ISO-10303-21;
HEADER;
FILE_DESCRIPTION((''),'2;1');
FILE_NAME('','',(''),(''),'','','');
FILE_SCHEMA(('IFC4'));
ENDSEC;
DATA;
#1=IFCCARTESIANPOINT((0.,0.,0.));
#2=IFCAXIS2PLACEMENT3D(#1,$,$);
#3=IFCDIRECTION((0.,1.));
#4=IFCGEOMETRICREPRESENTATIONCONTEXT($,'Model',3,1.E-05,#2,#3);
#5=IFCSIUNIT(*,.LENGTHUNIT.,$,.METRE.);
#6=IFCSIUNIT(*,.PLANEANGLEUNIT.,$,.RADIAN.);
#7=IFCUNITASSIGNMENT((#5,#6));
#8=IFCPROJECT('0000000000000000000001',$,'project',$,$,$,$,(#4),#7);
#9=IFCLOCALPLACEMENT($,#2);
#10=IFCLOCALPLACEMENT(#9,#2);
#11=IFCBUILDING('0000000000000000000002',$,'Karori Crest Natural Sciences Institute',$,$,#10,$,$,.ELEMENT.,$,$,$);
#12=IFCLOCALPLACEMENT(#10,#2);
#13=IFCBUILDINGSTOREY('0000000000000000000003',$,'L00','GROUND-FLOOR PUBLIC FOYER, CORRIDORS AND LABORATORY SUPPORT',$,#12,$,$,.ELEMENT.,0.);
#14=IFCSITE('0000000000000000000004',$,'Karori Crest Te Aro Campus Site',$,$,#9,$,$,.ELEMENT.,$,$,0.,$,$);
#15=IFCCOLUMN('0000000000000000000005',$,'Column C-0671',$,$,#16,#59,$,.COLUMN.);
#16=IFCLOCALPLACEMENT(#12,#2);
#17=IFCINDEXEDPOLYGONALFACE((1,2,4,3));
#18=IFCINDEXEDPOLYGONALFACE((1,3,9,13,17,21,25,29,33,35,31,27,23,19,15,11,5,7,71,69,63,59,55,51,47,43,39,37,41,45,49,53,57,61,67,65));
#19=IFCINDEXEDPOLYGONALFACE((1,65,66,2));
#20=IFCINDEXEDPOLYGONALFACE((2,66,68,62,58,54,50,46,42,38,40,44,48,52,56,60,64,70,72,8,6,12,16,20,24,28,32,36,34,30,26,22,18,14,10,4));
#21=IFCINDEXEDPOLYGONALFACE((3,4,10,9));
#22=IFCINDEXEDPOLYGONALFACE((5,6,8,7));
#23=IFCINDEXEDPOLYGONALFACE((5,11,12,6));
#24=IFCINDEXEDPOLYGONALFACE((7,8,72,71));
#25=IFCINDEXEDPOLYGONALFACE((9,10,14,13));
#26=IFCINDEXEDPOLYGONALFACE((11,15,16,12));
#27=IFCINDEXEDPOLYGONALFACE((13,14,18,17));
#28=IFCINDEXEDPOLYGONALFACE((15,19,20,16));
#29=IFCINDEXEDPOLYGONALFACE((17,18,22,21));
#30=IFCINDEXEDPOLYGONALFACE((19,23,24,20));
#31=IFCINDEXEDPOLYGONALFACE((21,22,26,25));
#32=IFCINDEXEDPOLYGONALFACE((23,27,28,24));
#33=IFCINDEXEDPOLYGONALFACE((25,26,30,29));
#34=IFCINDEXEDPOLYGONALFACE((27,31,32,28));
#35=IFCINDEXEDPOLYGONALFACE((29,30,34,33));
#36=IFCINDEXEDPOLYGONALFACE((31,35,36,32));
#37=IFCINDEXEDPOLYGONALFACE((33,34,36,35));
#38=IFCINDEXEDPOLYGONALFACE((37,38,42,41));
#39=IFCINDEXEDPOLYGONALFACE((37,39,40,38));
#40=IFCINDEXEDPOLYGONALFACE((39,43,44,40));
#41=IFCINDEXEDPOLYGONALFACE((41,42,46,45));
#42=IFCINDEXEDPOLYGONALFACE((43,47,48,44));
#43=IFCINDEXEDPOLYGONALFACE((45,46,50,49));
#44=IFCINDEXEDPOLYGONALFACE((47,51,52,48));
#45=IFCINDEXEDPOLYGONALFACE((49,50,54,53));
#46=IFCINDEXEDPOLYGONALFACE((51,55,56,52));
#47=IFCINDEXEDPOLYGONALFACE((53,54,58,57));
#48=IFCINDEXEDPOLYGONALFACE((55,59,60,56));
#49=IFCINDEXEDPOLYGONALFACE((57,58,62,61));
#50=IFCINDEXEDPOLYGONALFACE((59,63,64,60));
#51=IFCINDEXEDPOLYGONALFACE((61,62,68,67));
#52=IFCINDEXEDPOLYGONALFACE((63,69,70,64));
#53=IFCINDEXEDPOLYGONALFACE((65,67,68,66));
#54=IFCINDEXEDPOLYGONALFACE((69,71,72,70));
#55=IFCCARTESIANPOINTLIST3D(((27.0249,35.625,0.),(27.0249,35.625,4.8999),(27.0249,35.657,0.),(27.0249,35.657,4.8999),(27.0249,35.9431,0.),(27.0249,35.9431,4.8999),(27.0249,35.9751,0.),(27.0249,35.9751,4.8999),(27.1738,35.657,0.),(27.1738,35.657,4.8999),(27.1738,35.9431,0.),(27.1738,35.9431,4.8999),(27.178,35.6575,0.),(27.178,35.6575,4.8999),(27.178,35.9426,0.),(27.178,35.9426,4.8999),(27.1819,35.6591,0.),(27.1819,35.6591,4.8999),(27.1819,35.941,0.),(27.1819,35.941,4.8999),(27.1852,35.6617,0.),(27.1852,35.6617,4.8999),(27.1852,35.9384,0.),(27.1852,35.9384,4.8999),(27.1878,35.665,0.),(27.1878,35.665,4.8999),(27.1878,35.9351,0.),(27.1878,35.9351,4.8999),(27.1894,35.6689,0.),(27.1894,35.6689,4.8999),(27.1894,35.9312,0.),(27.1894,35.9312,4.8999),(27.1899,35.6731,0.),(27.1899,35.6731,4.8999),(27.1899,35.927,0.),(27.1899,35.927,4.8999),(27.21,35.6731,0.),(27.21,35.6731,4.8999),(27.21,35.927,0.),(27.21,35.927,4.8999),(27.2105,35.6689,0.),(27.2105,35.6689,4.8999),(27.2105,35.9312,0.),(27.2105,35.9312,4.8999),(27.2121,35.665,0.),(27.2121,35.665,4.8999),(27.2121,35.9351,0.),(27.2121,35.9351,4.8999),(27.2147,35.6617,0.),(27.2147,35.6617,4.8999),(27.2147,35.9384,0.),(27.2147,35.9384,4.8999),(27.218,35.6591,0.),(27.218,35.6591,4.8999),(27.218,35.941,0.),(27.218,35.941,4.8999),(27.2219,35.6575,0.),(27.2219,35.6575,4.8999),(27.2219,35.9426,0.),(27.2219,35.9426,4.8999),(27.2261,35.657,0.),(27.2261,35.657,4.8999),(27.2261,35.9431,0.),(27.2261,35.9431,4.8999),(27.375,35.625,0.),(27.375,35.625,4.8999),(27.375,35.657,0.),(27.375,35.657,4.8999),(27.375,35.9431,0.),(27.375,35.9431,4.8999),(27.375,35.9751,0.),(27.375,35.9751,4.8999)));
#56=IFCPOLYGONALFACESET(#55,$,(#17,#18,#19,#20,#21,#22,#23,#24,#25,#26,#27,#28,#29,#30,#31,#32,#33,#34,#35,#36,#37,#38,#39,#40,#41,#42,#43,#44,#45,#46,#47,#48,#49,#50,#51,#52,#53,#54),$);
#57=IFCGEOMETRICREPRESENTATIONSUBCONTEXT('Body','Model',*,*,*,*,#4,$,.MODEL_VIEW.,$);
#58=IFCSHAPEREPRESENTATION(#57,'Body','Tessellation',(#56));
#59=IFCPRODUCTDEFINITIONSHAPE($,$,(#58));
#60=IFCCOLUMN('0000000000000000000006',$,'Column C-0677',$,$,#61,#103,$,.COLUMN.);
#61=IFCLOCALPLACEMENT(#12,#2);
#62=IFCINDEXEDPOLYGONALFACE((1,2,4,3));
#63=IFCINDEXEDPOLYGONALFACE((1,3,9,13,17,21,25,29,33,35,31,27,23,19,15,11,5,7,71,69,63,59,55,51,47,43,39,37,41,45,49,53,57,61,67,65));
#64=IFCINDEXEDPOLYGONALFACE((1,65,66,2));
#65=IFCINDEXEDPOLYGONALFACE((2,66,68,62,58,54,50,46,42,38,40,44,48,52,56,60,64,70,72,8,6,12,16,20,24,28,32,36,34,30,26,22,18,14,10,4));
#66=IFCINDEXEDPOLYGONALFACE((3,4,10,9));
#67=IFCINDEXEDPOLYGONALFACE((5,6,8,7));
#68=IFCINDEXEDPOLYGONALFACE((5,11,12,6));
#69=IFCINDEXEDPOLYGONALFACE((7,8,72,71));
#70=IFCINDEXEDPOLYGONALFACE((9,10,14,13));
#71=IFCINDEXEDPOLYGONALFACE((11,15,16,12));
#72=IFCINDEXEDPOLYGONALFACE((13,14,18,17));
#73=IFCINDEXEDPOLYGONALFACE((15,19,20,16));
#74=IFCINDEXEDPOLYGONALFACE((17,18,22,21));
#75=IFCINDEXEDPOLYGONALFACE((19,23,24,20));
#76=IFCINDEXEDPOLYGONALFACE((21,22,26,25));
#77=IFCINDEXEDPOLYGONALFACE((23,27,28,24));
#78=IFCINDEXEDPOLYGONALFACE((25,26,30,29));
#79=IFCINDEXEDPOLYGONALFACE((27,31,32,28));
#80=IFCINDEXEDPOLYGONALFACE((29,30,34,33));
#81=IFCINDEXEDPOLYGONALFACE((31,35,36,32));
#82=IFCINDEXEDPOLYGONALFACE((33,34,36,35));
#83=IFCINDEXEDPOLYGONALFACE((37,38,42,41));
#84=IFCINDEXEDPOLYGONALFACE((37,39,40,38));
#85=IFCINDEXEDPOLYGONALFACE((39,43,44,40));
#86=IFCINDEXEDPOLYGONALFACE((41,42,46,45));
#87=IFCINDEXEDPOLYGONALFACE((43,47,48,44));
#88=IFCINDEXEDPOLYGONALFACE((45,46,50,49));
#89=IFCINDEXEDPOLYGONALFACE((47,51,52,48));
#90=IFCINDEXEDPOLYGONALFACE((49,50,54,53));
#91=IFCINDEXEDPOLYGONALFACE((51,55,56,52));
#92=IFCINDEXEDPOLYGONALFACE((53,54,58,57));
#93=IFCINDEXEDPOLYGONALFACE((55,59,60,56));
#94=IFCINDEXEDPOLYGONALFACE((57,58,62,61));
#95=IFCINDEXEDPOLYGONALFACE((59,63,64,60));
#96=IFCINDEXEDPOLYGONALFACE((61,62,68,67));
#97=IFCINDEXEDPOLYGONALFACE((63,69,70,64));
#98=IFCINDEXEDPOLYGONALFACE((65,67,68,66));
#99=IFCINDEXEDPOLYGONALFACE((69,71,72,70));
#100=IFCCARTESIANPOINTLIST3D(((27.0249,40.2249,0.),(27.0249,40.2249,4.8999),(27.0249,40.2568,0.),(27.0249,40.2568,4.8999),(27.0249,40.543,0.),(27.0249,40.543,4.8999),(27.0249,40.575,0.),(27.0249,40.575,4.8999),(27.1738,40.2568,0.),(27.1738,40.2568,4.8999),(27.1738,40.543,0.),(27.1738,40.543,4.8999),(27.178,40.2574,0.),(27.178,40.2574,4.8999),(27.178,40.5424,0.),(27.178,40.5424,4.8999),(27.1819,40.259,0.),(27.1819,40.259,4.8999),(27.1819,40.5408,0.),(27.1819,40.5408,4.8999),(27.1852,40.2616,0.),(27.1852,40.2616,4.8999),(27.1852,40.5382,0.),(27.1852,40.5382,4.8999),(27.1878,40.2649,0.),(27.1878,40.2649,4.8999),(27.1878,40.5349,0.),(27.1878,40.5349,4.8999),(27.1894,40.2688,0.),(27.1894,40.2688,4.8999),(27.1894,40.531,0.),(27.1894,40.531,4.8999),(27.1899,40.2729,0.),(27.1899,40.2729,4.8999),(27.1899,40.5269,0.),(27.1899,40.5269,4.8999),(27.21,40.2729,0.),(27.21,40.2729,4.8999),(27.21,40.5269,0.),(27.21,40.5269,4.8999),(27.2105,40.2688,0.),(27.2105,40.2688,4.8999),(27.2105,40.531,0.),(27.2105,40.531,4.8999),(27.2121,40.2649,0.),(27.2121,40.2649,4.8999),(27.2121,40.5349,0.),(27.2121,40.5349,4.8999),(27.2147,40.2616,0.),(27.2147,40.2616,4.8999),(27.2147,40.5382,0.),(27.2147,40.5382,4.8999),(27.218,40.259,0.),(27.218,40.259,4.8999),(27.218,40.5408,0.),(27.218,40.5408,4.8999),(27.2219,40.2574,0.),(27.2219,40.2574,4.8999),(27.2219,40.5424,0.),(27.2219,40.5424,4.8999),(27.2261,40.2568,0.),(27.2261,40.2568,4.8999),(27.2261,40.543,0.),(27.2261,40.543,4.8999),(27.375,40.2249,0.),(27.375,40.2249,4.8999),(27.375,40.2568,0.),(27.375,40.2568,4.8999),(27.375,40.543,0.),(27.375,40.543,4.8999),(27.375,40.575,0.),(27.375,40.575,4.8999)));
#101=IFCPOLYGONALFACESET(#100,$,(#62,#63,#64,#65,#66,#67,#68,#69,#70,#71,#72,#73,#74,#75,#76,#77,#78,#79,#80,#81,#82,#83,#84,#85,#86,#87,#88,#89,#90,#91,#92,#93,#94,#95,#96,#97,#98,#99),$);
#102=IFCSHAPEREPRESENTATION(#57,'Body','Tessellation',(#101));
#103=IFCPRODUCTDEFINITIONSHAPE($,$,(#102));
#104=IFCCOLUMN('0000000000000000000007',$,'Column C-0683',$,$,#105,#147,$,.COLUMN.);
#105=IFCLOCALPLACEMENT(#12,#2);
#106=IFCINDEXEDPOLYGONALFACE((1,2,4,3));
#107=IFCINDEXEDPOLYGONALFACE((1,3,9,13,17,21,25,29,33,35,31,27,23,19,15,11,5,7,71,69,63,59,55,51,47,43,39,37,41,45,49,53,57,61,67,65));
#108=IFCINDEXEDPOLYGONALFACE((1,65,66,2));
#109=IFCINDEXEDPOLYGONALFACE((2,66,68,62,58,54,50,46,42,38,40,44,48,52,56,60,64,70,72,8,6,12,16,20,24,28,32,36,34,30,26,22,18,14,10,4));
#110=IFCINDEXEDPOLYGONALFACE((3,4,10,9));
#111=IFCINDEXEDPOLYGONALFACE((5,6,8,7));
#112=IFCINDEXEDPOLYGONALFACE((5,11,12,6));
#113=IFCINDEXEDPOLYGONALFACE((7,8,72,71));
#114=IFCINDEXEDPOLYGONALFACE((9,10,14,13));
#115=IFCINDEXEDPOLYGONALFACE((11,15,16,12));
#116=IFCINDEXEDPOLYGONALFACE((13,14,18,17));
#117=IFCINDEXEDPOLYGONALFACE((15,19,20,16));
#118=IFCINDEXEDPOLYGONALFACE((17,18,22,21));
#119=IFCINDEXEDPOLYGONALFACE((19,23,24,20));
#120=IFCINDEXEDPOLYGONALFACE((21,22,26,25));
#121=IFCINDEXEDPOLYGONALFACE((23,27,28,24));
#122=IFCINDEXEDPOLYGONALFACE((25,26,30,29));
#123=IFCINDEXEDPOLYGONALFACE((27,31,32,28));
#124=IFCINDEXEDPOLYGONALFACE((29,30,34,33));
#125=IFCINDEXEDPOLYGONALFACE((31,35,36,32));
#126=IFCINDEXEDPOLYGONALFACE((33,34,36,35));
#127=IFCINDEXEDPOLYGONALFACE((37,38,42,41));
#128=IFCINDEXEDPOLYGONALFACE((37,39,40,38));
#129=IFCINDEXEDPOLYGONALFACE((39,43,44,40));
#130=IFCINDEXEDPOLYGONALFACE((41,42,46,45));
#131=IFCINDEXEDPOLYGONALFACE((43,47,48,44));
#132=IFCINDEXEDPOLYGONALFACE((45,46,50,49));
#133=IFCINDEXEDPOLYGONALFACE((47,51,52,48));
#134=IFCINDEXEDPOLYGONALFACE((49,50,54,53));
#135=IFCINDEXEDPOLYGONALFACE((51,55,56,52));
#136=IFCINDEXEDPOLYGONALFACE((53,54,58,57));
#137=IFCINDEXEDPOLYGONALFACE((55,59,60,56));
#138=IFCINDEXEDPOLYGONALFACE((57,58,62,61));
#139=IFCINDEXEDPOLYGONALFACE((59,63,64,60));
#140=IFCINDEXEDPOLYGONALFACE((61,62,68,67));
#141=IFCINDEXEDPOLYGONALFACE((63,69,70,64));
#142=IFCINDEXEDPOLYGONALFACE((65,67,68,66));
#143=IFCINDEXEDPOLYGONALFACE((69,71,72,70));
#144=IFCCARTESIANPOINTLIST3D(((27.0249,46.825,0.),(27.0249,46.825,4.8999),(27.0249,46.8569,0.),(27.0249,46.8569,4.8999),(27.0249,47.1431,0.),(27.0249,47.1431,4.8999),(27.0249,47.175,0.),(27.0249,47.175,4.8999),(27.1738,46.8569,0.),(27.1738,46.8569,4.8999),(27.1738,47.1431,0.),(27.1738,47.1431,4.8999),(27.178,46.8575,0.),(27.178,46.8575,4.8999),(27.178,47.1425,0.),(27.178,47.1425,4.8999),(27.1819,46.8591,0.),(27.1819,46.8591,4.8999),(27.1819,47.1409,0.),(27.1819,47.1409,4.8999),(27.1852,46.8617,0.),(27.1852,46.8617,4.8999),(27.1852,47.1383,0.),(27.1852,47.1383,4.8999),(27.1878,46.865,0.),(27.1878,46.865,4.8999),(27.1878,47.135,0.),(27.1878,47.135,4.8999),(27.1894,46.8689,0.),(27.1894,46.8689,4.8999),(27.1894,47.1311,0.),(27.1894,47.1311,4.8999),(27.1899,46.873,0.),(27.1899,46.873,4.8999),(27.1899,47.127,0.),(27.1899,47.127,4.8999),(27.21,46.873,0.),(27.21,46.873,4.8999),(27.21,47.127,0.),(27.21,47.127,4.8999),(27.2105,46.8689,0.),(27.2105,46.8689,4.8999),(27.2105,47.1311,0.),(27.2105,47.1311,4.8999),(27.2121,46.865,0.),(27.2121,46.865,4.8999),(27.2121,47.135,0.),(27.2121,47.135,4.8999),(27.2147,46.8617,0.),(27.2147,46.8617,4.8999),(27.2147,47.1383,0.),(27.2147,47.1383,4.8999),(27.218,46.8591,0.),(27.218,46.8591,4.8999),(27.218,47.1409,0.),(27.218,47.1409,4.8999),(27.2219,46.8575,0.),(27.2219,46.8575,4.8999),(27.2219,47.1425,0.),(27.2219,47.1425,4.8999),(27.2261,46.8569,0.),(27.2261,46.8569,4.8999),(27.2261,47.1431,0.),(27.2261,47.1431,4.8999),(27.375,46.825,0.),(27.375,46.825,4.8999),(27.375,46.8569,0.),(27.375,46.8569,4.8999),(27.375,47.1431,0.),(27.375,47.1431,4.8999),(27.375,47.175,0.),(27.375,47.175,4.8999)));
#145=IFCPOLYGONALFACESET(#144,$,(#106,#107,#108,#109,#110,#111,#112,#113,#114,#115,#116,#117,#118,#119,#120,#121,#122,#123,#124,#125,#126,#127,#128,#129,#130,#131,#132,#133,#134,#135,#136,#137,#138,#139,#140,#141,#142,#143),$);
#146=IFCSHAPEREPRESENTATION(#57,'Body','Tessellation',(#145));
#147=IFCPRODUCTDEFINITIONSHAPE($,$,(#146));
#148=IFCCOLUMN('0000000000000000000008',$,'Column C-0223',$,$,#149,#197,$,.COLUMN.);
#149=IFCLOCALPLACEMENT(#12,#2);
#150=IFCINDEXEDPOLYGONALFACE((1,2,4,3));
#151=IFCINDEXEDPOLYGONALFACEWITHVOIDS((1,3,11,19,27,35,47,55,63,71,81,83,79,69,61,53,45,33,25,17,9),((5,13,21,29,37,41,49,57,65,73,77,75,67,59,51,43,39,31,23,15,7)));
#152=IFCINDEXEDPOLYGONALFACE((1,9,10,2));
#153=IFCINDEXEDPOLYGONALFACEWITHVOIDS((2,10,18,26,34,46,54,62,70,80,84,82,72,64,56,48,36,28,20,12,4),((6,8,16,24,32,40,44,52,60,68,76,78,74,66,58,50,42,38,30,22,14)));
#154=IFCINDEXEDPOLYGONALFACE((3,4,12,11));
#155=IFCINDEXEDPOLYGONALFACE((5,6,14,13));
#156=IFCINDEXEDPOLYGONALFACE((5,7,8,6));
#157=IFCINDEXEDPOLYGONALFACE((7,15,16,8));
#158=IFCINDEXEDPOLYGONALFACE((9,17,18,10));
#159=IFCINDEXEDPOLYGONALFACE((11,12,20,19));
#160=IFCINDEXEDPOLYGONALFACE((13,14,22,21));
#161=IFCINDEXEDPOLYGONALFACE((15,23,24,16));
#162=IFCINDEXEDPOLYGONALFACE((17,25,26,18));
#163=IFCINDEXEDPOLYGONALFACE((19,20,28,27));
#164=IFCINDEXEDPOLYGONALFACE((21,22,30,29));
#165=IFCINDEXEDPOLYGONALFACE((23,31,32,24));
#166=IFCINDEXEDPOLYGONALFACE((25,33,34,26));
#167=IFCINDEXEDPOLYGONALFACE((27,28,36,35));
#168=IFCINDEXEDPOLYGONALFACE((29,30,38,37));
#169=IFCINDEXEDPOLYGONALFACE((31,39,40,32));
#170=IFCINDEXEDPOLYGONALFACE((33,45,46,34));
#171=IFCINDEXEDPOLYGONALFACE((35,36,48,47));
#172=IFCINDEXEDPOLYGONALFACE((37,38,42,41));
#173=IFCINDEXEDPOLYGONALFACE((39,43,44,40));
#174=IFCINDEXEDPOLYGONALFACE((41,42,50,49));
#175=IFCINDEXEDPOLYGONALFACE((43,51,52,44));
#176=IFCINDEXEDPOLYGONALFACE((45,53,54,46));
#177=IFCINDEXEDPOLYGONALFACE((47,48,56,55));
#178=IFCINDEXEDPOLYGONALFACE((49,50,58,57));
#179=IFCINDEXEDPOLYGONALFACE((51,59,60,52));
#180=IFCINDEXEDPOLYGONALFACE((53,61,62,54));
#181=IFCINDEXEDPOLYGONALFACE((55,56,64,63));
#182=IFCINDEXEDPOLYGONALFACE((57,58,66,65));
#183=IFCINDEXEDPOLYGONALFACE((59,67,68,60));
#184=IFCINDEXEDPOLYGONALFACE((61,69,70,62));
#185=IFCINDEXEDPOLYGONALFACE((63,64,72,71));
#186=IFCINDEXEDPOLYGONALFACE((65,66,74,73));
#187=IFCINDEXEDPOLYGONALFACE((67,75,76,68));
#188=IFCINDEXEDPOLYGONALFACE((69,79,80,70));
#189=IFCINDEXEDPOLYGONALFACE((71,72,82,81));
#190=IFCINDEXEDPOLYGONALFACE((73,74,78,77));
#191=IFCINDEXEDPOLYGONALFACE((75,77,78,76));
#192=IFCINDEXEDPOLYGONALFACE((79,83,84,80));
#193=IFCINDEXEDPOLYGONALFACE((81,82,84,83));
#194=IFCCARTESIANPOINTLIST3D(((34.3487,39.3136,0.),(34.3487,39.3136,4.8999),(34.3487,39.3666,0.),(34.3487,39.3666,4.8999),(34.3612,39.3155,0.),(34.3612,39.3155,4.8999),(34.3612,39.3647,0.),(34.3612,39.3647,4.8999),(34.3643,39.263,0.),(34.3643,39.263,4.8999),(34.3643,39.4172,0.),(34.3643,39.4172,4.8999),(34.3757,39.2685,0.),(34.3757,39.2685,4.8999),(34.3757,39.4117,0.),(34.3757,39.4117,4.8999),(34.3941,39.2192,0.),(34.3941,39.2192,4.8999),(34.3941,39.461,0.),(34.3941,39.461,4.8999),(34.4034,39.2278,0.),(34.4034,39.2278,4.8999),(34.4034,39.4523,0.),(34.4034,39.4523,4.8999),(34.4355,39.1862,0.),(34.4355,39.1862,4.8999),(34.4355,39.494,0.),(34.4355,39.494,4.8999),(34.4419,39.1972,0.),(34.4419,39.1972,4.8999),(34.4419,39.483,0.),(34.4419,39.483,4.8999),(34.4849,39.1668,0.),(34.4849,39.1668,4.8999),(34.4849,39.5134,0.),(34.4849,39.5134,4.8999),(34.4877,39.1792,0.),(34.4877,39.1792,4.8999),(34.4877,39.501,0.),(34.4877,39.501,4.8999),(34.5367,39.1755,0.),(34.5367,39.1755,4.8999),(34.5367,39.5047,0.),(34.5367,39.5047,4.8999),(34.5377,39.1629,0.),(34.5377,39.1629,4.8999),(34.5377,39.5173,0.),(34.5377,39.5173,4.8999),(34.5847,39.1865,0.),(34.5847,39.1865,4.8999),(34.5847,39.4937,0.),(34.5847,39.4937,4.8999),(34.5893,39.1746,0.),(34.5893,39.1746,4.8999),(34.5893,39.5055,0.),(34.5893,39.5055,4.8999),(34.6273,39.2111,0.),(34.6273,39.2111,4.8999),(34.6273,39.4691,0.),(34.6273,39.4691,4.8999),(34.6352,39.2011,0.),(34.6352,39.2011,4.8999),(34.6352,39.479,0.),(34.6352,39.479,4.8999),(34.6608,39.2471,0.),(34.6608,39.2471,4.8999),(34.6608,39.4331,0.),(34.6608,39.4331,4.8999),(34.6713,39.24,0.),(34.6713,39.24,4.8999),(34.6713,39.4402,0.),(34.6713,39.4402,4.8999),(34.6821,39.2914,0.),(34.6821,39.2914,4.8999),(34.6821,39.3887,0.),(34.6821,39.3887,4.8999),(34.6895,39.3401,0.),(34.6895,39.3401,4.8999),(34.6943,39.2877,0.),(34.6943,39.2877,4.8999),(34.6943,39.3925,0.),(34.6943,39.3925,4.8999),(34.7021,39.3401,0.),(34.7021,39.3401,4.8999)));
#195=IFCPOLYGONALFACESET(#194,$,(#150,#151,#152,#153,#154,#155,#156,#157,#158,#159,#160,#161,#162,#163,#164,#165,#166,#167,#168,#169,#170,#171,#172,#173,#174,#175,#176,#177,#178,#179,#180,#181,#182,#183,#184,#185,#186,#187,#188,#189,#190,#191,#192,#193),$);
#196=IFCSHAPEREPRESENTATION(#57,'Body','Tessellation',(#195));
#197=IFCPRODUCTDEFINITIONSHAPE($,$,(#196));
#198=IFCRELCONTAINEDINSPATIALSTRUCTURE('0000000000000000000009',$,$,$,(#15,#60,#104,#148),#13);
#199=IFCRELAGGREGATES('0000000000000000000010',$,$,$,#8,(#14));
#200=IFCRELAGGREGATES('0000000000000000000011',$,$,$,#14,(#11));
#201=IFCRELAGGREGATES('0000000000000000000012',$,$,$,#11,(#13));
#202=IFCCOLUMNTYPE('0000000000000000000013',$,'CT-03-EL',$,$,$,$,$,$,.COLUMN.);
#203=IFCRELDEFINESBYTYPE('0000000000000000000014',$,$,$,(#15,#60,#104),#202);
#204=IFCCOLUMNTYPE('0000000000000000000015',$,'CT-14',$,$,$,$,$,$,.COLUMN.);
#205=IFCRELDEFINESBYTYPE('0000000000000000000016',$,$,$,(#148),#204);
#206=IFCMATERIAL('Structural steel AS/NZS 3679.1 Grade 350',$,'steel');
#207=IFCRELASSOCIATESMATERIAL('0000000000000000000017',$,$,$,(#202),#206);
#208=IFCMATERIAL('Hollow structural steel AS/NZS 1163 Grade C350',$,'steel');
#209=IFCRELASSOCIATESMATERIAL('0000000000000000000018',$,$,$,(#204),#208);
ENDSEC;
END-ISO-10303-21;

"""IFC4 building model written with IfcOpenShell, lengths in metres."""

from ifc_helpers import new_model, si_unit, direction, frame, origin, origin_2d, place, context, subcontext, project, spatial, hollow_circle, i_section, extrude, material, material_profile, profile_set, type_object, element, save


model = new_model("IFC4")

# Units and contexts
model_context = context("Model", 3, precision=1e-05, world=origin(), true_north=direction((0.0, 1.0)))
body_context = subcontext(model_context, "Body", "Model", "MODEL_VIEW")
ifc_project = project(units=[si_unit("LENGTHUNIT", "METRE"), si_unit("PLANEANGLEUNIT", "RADIAN")], contexts=[model_context])

# Site, building, storey
site_placement = place(None, origin())
site = spatial("IfcSite", under=ifc_project, at=site_placement, Name="Karori Crest Te Aro Campus Site", CompositionType="ELEMENT", RefElevation=0.0)
building_placement = place(site_placement, origin())
building = spatial("IfcBuilding", under=site, at=building_placement, Name="Karori Crest Natural Sciences Institute", CompositionType="ELEMENT")
storey_placement = place(building_placement, origin())
storey = spatial("IfcBuildingStorey", under=building, at=storey_placement, Name="L00", Description="GROUND-FLOOR PUBLIC FOYER, CORRIDORS AND LABORATORY SUPPORT", CompositionType="ELEMENT", Elevation=0.0)

# Columns
ifc_material_1 = material(Name="Structural steel AS/NZS 3679.1 Grade 350", Category="steel")
ifc_material_profile_1 = material_profile(ifc_material_1, i_section(OverallWidth=0.3501, OverallDepth=0.3501, WebThickness=0.02, FlangeThickness=0.032, FilletRadius=0.0161, at=origin_2d()), Name="350WC280")
ifc_profile_set_1 = profile_set([ifc_material_profile_1], Name="Structural steel AS/NZS 3679.1 Grade 350")
column_type_1 = type_object("IfcColumnType", Name="CT-03-EL", PredefinedType="COLUMN", material=ifc_profile_set_1)
for number, where, z_axis, x_axis, name in (
    (1, (27.2, 35.8, 0.0), (0.0, 0.0, 1.0), (1.0, 0.0, 0.0), "Column C-0671"),
    (2, (27.2, 40.3999, 0.0), (0.0, 0.0, 1.0), (1.0, 0.0, 0.0), "Column C-0677"),
    (3, (27.2, 47.0, 0.0), (0.0, 0.0, 1.0), (1.0, 0.0, 0.0), "Column C-0683"),
):
    element("IfcColumn", number, at=place(storey_placement, frame(where, z_axis=z_axis, x_axis=x_axis)), inside=storey, type_object=column_type_1, Name=name, PredefinedType="COLUMN", context=body_context, shape_type="SweptSolid", body=[
        extrude(i_section(OverallWidth=0.3501, OverallDepth=0.3501, WebThickness=0.02, FlangeThickness=0.032, FilletRadius=0.0161, at=origin_2d()), origin(), (0.0, 0.0, 1.0), 4.8999),
    ])
ifc_material_2 = material(Name="Hollow structural steel AS/NZS 1163 Grade C350", Category="steel")
ifc_material_profile_2 = material_profile(ifc_material_2, hollow_circle(Radius=0.1777, WallThickness=0.0127, at=origin_2d()), Name="CHS355.6x12.7")
ifc_profile_set_2 = profile_set([ifc_material_profile_2], Name="Hollow structural steel AS/NZS 1163 Grade C350")
column_type_2 = type_object("IfcColumnType", Name="CT-14", PredefinedType="COLUMN", material=ifc_profile_set_2)
column_placement = place(storey_placement, frame((34.5244, 39.3401, 0.0), z_axis=(0.0, 0.0, 1.0), x_axis=(1.0, 0.0, 0.0)))
element("IfcColumn", 4, at=column_placement, inside=storey, type_object=column_type_2, Name="Column C-0223", PredefinedType="COLUMN", context=body_context, shape_type="SweptSolid", body=[
    extrude(hollow_circle(Radius=0.1777, WallThickness=0.0127, at=origin_2d()), origin(), (0.0, 0.0, 1.0), 4.8999),
])

save(model, "model.ifc")
